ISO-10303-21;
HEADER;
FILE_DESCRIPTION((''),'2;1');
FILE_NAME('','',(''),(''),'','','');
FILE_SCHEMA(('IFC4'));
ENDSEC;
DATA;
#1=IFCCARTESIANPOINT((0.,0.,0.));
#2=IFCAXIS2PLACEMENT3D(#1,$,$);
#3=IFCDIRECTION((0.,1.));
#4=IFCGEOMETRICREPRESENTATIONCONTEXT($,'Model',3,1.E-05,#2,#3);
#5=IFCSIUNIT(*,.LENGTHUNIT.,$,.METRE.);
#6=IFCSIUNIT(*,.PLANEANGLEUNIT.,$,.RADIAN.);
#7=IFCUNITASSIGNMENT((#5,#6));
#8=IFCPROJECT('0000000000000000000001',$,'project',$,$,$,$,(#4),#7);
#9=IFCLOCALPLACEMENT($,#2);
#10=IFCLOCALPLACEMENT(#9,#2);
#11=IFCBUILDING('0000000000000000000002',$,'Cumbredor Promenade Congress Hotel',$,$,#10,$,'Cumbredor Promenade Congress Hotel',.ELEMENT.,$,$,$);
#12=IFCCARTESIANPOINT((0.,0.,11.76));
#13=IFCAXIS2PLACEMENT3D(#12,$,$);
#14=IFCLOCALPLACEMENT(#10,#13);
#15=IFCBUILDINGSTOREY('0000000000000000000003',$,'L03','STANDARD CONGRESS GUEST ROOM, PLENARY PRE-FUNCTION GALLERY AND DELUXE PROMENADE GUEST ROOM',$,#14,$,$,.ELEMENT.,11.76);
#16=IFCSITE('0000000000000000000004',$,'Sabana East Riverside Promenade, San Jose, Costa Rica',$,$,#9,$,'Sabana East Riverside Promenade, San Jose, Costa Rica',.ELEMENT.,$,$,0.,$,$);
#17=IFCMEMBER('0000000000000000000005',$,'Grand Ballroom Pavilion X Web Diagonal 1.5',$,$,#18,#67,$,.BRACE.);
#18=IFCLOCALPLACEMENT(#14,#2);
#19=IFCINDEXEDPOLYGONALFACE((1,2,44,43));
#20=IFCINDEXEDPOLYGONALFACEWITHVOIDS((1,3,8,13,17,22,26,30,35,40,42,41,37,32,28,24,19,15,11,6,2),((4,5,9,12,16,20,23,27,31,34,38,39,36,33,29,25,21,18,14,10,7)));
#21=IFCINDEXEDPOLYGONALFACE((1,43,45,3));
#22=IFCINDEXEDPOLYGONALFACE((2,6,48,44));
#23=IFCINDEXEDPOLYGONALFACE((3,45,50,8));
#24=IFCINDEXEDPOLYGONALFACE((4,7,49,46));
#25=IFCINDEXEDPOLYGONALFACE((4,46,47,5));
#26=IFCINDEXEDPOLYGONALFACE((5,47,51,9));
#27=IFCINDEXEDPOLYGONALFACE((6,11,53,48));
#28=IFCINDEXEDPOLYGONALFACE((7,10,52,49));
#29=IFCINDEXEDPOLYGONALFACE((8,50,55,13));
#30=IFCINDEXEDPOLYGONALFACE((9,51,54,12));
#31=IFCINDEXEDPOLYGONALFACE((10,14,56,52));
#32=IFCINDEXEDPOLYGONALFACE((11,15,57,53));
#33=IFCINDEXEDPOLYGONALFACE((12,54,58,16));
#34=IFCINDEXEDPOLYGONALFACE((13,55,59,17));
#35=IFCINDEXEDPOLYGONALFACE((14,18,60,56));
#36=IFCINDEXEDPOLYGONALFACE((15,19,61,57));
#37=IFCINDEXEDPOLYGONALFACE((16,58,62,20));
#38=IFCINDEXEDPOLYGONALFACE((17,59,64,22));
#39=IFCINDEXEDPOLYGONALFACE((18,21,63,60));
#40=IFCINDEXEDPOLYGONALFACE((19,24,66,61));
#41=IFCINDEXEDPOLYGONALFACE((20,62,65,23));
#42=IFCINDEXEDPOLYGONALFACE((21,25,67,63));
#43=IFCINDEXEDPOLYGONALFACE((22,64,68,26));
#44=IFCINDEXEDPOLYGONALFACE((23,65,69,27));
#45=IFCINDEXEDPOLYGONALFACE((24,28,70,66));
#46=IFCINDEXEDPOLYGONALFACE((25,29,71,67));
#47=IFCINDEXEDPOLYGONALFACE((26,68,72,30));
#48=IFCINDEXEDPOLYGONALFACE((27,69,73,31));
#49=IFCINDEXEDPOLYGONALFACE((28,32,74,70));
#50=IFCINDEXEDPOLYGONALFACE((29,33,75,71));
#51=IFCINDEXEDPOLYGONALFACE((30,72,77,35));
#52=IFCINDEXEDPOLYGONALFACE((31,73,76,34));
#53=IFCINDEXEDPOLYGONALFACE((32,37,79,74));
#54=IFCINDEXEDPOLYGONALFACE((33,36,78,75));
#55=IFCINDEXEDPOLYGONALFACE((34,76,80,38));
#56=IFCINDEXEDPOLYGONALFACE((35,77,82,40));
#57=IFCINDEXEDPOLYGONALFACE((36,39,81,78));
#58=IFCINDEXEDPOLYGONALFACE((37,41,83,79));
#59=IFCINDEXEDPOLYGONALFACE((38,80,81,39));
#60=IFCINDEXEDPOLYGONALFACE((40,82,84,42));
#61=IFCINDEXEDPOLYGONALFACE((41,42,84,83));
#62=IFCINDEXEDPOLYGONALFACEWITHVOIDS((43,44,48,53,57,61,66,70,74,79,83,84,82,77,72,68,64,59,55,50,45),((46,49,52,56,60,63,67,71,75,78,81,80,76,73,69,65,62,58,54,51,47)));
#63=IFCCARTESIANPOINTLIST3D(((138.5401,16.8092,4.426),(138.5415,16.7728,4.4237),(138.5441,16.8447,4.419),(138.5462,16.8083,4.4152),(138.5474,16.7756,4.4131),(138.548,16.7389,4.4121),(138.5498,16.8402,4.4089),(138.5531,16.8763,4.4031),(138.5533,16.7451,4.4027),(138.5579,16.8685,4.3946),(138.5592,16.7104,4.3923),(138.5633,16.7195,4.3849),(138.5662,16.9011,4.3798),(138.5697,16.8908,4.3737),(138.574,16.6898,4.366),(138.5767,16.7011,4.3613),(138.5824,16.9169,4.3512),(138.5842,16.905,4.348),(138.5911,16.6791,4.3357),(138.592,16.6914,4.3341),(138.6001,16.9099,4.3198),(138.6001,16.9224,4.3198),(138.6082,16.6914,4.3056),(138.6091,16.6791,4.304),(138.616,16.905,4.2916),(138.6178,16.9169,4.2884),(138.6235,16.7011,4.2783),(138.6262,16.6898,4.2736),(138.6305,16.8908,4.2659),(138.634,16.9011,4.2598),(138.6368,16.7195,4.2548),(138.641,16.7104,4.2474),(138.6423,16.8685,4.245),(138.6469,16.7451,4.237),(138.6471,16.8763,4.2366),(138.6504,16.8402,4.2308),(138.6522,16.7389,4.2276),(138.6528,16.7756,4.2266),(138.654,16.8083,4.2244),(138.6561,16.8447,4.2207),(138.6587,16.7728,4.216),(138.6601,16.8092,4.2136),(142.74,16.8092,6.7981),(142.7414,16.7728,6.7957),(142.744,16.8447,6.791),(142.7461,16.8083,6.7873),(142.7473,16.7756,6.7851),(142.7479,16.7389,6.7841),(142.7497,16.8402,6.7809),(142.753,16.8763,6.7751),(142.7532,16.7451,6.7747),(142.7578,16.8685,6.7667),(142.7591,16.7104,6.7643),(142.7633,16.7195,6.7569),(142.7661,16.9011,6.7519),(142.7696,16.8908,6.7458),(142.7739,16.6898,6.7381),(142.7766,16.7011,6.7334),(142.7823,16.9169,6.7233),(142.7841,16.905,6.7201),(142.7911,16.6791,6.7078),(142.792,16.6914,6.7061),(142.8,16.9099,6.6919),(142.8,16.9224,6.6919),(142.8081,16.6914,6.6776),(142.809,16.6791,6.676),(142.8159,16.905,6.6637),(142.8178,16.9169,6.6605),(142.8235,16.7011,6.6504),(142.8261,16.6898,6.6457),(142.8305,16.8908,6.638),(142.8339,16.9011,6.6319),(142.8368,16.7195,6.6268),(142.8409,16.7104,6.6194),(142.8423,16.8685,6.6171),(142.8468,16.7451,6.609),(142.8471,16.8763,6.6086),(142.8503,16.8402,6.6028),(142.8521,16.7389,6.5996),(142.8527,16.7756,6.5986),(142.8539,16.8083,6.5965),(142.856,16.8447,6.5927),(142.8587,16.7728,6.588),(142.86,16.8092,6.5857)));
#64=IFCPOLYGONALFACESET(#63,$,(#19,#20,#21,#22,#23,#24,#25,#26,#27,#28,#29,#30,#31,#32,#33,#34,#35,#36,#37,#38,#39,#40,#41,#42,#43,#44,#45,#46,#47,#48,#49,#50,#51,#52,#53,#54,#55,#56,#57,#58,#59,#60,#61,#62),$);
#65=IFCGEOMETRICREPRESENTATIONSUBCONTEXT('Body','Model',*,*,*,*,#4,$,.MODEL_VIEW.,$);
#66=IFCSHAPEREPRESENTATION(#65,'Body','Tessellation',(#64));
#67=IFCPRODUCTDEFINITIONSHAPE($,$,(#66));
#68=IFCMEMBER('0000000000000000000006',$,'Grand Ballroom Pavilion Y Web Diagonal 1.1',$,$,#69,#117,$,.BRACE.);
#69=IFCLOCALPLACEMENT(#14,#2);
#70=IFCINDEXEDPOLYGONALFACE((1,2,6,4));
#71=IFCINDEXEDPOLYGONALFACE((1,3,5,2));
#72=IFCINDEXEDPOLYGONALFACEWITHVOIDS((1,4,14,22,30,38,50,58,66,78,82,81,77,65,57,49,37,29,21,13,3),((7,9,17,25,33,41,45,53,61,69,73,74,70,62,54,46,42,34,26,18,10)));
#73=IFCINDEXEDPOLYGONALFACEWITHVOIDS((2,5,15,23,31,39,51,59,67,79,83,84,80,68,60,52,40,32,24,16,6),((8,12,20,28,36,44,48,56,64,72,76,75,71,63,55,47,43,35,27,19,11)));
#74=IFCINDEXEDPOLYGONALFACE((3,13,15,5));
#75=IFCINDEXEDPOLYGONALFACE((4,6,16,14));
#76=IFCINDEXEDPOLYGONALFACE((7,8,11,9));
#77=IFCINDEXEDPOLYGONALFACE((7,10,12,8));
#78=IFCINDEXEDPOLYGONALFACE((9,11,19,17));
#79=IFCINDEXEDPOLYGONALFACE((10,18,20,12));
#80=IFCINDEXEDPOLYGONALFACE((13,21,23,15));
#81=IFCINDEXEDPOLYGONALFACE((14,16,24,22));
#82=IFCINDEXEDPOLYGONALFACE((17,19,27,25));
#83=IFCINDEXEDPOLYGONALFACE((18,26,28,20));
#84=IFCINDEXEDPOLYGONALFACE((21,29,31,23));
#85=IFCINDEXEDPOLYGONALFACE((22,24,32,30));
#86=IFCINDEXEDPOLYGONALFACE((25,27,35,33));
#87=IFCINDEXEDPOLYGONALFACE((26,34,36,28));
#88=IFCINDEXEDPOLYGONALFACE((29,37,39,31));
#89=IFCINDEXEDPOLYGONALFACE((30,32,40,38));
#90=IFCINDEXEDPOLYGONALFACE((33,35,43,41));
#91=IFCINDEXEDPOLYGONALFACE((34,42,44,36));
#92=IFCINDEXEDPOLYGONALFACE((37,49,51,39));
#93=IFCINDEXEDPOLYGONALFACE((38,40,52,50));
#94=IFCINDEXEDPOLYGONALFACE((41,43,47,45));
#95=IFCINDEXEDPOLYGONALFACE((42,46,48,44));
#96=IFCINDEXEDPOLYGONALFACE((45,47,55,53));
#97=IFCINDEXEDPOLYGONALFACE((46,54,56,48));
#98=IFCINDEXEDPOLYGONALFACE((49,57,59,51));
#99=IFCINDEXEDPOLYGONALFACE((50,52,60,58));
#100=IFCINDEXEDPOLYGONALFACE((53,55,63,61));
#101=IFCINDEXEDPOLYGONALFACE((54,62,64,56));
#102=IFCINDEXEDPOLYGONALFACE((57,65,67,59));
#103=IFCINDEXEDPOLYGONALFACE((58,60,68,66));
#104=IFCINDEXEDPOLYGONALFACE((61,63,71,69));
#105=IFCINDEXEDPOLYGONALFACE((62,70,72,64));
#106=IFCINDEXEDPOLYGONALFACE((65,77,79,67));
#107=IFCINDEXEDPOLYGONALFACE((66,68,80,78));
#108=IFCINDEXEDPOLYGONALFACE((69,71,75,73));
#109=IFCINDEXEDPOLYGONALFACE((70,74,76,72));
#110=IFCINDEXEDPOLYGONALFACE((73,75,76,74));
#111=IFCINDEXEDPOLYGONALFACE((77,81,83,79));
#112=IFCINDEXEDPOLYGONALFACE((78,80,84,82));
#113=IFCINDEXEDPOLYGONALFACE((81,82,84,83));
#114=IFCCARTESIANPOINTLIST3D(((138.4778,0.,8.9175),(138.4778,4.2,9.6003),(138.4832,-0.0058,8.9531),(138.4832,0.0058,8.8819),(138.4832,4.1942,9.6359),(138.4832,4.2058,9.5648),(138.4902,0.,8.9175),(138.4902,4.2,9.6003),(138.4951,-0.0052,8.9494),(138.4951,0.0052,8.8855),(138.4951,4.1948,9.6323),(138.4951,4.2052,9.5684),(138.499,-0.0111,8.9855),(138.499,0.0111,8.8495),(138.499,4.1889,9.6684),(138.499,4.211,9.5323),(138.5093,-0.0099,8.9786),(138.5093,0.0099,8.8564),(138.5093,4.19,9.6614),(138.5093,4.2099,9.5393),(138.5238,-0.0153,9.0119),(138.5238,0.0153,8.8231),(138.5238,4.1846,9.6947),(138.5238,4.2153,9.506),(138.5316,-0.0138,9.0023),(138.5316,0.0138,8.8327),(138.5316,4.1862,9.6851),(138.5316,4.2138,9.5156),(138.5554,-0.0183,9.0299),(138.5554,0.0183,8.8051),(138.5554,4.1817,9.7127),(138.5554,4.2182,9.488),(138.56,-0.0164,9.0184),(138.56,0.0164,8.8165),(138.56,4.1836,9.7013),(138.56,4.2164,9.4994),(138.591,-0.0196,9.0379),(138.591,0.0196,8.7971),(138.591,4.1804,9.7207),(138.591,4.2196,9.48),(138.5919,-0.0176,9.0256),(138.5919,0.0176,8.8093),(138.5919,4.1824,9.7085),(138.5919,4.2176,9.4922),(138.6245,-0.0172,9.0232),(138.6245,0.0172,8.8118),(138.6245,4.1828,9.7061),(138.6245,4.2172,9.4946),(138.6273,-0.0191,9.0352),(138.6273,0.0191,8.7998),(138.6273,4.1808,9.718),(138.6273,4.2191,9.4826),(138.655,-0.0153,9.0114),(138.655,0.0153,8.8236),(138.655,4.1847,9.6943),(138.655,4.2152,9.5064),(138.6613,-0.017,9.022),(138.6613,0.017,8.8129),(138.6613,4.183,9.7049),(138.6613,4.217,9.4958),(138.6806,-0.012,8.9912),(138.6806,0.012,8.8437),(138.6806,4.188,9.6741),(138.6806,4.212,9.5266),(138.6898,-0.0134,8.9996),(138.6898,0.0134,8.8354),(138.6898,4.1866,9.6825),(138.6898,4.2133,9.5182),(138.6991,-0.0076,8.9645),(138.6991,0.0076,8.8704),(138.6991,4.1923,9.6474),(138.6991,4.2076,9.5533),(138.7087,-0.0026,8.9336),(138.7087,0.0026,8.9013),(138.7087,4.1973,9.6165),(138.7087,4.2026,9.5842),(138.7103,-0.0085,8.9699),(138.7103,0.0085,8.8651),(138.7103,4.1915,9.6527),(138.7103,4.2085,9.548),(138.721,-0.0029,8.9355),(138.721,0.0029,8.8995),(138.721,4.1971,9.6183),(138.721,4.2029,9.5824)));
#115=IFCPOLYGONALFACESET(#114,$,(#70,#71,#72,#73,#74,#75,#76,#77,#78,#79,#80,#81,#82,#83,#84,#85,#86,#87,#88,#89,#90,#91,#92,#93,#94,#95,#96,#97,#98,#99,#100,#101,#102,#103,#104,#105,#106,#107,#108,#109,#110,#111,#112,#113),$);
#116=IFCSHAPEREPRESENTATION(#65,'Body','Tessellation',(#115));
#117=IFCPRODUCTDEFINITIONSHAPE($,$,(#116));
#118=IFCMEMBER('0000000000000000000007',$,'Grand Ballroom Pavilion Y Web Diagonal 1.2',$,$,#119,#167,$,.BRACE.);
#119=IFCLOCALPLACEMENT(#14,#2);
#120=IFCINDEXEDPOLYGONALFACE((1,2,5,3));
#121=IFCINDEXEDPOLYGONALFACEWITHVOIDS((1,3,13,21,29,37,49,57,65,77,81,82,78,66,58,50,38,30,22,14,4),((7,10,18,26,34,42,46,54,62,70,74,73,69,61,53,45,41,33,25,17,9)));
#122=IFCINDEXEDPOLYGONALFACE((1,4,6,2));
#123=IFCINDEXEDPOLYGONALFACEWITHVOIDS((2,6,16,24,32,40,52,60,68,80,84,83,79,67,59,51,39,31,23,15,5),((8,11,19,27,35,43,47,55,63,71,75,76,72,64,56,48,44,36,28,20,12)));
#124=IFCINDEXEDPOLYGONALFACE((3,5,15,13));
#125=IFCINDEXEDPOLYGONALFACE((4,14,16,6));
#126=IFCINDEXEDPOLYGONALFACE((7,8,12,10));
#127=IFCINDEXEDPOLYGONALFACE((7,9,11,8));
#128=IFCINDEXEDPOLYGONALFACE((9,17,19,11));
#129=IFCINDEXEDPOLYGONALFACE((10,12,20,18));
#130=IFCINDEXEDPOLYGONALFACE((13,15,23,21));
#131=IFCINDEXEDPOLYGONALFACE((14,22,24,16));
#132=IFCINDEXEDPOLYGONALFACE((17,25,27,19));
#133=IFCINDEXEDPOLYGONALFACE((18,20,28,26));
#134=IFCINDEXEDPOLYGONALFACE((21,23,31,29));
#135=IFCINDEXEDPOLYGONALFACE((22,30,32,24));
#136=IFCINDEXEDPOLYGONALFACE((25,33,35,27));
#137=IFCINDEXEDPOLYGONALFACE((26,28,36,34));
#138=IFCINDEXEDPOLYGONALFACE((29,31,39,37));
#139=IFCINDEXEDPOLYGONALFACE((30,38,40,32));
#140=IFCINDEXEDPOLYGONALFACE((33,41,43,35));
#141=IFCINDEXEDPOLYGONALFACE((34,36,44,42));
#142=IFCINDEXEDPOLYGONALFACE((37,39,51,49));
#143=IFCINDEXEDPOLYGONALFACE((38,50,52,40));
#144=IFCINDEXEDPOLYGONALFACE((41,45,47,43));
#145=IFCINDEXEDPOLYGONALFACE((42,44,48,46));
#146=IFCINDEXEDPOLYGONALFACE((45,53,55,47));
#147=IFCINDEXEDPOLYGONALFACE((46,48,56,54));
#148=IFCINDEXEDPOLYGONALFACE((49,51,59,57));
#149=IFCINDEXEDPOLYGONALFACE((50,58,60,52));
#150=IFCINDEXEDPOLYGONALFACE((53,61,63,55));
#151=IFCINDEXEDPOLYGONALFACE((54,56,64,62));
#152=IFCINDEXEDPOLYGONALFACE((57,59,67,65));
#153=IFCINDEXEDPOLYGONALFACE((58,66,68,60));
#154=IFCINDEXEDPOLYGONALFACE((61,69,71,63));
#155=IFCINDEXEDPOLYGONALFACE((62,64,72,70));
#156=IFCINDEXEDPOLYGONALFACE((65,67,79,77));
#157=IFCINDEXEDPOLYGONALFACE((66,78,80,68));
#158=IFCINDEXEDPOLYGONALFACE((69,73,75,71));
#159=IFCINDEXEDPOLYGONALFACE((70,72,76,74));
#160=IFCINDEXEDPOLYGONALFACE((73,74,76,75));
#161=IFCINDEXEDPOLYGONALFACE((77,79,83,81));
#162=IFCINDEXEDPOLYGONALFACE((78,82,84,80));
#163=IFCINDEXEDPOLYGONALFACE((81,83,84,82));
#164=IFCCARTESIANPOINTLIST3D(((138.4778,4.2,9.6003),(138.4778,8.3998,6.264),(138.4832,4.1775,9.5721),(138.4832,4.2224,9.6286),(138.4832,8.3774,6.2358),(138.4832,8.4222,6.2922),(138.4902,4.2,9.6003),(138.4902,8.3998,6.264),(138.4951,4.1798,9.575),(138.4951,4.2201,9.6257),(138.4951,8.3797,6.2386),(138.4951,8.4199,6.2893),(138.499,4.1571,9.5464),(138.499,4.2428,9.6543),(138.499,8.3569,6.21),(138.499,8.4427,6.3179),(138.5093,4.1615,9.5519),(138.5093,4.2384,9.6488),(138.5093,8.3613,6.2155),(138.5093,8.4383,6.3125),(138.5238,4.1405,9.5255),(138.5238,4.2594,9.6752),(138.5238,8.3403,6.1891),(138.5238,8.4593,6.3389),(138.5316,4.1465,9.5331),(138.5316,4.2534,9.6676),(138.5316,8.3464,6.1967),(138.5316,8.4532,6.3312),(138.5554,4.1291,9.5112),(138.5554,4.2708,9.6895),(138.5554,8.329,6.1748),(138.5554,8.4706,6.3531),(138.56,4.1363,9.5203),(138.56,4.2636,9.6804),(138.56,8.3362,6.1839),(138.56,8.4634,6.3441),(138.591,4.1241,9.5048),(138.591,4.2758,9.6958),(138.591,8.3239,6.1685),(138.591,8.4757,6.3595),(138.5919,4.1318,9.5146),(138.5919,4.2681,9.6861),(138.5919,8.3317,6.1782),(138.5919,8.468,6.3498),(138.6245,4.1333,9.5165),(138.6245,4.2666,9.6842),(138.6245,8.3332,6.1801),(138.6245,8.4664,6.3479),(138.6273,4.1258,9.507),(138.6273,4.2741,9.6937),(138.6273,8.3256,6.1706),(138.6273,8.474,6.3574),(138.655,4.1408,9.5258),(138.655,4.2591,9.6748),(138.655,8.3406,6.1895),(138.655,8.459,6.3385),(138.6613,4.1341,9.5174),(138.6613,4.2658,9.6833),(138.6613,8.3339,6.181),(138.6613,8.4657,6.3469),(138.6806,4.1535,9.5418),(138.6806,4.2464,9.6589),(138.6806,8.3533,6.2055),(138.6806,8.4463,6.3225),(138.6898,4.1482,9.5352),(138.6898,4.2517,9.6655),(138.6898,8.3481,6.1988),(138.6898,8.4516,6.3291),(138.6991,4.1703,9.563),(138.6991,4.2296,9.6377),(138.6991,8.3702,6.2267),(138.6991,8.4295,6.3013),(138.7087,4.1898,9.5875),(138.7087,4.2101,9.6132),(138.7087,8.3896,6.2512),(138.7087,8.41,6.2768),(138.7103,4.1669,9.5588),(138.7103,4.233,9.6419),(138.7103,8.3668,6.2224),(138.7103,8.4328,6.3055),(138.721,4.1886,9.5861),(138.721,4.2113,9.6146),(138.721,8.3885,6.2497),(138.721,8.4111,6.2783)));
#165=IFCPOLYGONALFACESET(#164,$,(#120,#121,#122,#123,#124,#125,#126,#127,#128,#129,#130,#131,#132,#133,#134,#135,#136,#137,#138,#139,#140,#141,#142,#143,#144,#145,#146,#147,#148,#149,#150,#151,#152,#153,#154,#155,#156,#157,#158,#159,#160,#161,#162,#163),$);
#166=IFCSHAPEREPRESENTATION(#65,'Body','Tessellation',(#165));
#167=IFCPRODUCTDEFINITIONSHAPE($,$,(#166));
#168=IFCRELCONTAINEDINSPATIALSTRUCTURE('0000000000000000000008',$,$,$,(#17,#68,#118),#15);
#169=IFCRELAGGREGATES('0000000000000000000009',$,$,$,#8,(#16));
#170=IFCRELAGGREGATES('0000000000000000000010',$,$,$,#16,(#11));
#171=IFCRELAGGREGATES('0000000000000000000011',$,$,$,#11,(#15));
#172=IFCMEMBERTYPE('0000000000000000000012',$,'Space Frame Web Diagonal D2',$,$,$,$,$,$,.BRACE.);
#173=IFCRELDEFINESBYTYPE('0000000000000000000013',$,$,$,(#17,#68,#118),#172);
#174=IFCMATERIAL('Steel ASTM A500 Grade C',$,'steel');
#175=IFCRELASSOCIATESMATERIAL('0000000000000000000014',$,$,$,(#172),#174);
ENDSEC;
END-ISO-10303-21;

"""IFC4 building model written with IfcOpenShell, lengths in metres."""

from ifc_helpers import new_model, si_unit, direction, frame, origin, origin_2d, place, context, subcontext, project, spatial, hollow_circle, extrude, material, material_profile, profile_set, type_object, element, save


model = new_model("IFC4")

# Units and contexts
model_context = context("Model", 3, precision=1e-05, world=origin(), true_north=direction((0.0, 1.0)))
body_context = subcontext(model_context, "Body", "Model", "MODEL_VIEW")
ifc_project = project(units=[si_unit("LENGTHUNIT", "METRE"), si_unit("PLANEANGLEUNIT", "RADIAN")], contexts=[model_context])

# Site, building, storey
site_placement = place(None, origin())
site = spatial("IfcSite", under=ifc_project, at=site_placement, Name="Sabana East Riverside Promenade, San Jose, Costa Rica", LongName="Sabana East Riverside Promenade, San Jose, Costa Rica", CompositionType="ELEMENT", RefElevation=0.0)
building_placement = place(site_placement, origin())
building = spatial("IfcBuilding", under=site, at=building_placement, Name="Cumbredor Promenade Congress Hotel", LongName="Cumbredor Promenade Congress Hotel", CompositionType="ELEMENT")
storey_placement = place(building_placement, frame((0.0, 0.0, 11.76)))
storey = spatial("IfcBuildingStorey", under=building, at=storey_placement, Name="L03", Description="STANDARD CONGRESS GUEST ROOM, PLENARY PRE-FUNCTION GALLERY AND DELUXE PROMENADE GUEST ROOM", CompositionType="ELEMENT", Elevation=11.76)

# Members
ifc_material_1 = material(Name="Steel ASTM A500 Grade C", Category="steel")
ifc_material_profile_1 = material_profile(ifc_material_1, hollow_circle(Radius=0.1223, WallThickness=0.0125, at=origin_2d()), Name="CHS 244.5x12.5")
ifc_profile_set_1 = profile_set([ifc_material_profile_1], Name="Steel ASTM A500 Grade C")
member_type_1 = type_object("IfcMemberType", Name="Space Frame Web Diagonal D2", PredefinedType="BRACE", material=ifc_profile_set_1)
member_1_placement = place(storey_placement, frame((138.6001, 16.8, 4.3198), z_axis=(0.870724, 0.0, 0.491772), x_axis=(0.0, 1.0, 0.0)))
element("IfcMember", 1, at=member_1_placement, inside=storey, type_object=member_type_1, Name="Grand Ballroom Pavilion X Web Diagonal 1.5", PredefinedType="BRACE", context=body_context, shape_type="SweptSolid", body=[
    extrude(hollow_circle(Radius=0.1223, WallThickness=0.0125, at=origin_2d()), origin(), (0.0, 0.0, 1.0), 4.8235),
])
member_2_placement = place(storey_placement, frame((138.6001, 0.0, 8.9175), z_axis=(0.0, 0.987039, 0.160481), x_axis=(-1.0, 0.0, 0.0)))
element("IfcMember", 2, at=member_2_placement, inside=storey, type_object=member_type_1, Name="Grand Ballroom Pavilion Y Web Diagonal 1.1", PredefinedType="BRACE", context=body_context, shape_type="SweptSolid", body=[
    extrude(hollow_circle(Radius=0.1223, WallThickness=0.0125, at=origin_2d()), origin(), (0.0, 0.0, 1.0), 4.2551),
])
member_3_placement = place(storey_placement, frame((138.6001, 4.2, 9.6003), z_axis=(0.0, 0.783005, -0.622016), x_axis=(-1.0, 0.0, 0.0)))
element("IfcMember", 3, at=member_3_placement, inside=storey, type_object=member_type_1, Name="Grand Ballroom Pavilion Y Web Diagonal 1.2", PredefinedType="BRACE", context=body_context, shape_type="SweptSolid", body=[
    extrude(hollow_circle(Radius=0.1223, WallThickness=0.0125, at=origin_2d()), origin(), (0.0, 0.0, 1.0), 5.3638),
])

save(model, "model.ifc")
